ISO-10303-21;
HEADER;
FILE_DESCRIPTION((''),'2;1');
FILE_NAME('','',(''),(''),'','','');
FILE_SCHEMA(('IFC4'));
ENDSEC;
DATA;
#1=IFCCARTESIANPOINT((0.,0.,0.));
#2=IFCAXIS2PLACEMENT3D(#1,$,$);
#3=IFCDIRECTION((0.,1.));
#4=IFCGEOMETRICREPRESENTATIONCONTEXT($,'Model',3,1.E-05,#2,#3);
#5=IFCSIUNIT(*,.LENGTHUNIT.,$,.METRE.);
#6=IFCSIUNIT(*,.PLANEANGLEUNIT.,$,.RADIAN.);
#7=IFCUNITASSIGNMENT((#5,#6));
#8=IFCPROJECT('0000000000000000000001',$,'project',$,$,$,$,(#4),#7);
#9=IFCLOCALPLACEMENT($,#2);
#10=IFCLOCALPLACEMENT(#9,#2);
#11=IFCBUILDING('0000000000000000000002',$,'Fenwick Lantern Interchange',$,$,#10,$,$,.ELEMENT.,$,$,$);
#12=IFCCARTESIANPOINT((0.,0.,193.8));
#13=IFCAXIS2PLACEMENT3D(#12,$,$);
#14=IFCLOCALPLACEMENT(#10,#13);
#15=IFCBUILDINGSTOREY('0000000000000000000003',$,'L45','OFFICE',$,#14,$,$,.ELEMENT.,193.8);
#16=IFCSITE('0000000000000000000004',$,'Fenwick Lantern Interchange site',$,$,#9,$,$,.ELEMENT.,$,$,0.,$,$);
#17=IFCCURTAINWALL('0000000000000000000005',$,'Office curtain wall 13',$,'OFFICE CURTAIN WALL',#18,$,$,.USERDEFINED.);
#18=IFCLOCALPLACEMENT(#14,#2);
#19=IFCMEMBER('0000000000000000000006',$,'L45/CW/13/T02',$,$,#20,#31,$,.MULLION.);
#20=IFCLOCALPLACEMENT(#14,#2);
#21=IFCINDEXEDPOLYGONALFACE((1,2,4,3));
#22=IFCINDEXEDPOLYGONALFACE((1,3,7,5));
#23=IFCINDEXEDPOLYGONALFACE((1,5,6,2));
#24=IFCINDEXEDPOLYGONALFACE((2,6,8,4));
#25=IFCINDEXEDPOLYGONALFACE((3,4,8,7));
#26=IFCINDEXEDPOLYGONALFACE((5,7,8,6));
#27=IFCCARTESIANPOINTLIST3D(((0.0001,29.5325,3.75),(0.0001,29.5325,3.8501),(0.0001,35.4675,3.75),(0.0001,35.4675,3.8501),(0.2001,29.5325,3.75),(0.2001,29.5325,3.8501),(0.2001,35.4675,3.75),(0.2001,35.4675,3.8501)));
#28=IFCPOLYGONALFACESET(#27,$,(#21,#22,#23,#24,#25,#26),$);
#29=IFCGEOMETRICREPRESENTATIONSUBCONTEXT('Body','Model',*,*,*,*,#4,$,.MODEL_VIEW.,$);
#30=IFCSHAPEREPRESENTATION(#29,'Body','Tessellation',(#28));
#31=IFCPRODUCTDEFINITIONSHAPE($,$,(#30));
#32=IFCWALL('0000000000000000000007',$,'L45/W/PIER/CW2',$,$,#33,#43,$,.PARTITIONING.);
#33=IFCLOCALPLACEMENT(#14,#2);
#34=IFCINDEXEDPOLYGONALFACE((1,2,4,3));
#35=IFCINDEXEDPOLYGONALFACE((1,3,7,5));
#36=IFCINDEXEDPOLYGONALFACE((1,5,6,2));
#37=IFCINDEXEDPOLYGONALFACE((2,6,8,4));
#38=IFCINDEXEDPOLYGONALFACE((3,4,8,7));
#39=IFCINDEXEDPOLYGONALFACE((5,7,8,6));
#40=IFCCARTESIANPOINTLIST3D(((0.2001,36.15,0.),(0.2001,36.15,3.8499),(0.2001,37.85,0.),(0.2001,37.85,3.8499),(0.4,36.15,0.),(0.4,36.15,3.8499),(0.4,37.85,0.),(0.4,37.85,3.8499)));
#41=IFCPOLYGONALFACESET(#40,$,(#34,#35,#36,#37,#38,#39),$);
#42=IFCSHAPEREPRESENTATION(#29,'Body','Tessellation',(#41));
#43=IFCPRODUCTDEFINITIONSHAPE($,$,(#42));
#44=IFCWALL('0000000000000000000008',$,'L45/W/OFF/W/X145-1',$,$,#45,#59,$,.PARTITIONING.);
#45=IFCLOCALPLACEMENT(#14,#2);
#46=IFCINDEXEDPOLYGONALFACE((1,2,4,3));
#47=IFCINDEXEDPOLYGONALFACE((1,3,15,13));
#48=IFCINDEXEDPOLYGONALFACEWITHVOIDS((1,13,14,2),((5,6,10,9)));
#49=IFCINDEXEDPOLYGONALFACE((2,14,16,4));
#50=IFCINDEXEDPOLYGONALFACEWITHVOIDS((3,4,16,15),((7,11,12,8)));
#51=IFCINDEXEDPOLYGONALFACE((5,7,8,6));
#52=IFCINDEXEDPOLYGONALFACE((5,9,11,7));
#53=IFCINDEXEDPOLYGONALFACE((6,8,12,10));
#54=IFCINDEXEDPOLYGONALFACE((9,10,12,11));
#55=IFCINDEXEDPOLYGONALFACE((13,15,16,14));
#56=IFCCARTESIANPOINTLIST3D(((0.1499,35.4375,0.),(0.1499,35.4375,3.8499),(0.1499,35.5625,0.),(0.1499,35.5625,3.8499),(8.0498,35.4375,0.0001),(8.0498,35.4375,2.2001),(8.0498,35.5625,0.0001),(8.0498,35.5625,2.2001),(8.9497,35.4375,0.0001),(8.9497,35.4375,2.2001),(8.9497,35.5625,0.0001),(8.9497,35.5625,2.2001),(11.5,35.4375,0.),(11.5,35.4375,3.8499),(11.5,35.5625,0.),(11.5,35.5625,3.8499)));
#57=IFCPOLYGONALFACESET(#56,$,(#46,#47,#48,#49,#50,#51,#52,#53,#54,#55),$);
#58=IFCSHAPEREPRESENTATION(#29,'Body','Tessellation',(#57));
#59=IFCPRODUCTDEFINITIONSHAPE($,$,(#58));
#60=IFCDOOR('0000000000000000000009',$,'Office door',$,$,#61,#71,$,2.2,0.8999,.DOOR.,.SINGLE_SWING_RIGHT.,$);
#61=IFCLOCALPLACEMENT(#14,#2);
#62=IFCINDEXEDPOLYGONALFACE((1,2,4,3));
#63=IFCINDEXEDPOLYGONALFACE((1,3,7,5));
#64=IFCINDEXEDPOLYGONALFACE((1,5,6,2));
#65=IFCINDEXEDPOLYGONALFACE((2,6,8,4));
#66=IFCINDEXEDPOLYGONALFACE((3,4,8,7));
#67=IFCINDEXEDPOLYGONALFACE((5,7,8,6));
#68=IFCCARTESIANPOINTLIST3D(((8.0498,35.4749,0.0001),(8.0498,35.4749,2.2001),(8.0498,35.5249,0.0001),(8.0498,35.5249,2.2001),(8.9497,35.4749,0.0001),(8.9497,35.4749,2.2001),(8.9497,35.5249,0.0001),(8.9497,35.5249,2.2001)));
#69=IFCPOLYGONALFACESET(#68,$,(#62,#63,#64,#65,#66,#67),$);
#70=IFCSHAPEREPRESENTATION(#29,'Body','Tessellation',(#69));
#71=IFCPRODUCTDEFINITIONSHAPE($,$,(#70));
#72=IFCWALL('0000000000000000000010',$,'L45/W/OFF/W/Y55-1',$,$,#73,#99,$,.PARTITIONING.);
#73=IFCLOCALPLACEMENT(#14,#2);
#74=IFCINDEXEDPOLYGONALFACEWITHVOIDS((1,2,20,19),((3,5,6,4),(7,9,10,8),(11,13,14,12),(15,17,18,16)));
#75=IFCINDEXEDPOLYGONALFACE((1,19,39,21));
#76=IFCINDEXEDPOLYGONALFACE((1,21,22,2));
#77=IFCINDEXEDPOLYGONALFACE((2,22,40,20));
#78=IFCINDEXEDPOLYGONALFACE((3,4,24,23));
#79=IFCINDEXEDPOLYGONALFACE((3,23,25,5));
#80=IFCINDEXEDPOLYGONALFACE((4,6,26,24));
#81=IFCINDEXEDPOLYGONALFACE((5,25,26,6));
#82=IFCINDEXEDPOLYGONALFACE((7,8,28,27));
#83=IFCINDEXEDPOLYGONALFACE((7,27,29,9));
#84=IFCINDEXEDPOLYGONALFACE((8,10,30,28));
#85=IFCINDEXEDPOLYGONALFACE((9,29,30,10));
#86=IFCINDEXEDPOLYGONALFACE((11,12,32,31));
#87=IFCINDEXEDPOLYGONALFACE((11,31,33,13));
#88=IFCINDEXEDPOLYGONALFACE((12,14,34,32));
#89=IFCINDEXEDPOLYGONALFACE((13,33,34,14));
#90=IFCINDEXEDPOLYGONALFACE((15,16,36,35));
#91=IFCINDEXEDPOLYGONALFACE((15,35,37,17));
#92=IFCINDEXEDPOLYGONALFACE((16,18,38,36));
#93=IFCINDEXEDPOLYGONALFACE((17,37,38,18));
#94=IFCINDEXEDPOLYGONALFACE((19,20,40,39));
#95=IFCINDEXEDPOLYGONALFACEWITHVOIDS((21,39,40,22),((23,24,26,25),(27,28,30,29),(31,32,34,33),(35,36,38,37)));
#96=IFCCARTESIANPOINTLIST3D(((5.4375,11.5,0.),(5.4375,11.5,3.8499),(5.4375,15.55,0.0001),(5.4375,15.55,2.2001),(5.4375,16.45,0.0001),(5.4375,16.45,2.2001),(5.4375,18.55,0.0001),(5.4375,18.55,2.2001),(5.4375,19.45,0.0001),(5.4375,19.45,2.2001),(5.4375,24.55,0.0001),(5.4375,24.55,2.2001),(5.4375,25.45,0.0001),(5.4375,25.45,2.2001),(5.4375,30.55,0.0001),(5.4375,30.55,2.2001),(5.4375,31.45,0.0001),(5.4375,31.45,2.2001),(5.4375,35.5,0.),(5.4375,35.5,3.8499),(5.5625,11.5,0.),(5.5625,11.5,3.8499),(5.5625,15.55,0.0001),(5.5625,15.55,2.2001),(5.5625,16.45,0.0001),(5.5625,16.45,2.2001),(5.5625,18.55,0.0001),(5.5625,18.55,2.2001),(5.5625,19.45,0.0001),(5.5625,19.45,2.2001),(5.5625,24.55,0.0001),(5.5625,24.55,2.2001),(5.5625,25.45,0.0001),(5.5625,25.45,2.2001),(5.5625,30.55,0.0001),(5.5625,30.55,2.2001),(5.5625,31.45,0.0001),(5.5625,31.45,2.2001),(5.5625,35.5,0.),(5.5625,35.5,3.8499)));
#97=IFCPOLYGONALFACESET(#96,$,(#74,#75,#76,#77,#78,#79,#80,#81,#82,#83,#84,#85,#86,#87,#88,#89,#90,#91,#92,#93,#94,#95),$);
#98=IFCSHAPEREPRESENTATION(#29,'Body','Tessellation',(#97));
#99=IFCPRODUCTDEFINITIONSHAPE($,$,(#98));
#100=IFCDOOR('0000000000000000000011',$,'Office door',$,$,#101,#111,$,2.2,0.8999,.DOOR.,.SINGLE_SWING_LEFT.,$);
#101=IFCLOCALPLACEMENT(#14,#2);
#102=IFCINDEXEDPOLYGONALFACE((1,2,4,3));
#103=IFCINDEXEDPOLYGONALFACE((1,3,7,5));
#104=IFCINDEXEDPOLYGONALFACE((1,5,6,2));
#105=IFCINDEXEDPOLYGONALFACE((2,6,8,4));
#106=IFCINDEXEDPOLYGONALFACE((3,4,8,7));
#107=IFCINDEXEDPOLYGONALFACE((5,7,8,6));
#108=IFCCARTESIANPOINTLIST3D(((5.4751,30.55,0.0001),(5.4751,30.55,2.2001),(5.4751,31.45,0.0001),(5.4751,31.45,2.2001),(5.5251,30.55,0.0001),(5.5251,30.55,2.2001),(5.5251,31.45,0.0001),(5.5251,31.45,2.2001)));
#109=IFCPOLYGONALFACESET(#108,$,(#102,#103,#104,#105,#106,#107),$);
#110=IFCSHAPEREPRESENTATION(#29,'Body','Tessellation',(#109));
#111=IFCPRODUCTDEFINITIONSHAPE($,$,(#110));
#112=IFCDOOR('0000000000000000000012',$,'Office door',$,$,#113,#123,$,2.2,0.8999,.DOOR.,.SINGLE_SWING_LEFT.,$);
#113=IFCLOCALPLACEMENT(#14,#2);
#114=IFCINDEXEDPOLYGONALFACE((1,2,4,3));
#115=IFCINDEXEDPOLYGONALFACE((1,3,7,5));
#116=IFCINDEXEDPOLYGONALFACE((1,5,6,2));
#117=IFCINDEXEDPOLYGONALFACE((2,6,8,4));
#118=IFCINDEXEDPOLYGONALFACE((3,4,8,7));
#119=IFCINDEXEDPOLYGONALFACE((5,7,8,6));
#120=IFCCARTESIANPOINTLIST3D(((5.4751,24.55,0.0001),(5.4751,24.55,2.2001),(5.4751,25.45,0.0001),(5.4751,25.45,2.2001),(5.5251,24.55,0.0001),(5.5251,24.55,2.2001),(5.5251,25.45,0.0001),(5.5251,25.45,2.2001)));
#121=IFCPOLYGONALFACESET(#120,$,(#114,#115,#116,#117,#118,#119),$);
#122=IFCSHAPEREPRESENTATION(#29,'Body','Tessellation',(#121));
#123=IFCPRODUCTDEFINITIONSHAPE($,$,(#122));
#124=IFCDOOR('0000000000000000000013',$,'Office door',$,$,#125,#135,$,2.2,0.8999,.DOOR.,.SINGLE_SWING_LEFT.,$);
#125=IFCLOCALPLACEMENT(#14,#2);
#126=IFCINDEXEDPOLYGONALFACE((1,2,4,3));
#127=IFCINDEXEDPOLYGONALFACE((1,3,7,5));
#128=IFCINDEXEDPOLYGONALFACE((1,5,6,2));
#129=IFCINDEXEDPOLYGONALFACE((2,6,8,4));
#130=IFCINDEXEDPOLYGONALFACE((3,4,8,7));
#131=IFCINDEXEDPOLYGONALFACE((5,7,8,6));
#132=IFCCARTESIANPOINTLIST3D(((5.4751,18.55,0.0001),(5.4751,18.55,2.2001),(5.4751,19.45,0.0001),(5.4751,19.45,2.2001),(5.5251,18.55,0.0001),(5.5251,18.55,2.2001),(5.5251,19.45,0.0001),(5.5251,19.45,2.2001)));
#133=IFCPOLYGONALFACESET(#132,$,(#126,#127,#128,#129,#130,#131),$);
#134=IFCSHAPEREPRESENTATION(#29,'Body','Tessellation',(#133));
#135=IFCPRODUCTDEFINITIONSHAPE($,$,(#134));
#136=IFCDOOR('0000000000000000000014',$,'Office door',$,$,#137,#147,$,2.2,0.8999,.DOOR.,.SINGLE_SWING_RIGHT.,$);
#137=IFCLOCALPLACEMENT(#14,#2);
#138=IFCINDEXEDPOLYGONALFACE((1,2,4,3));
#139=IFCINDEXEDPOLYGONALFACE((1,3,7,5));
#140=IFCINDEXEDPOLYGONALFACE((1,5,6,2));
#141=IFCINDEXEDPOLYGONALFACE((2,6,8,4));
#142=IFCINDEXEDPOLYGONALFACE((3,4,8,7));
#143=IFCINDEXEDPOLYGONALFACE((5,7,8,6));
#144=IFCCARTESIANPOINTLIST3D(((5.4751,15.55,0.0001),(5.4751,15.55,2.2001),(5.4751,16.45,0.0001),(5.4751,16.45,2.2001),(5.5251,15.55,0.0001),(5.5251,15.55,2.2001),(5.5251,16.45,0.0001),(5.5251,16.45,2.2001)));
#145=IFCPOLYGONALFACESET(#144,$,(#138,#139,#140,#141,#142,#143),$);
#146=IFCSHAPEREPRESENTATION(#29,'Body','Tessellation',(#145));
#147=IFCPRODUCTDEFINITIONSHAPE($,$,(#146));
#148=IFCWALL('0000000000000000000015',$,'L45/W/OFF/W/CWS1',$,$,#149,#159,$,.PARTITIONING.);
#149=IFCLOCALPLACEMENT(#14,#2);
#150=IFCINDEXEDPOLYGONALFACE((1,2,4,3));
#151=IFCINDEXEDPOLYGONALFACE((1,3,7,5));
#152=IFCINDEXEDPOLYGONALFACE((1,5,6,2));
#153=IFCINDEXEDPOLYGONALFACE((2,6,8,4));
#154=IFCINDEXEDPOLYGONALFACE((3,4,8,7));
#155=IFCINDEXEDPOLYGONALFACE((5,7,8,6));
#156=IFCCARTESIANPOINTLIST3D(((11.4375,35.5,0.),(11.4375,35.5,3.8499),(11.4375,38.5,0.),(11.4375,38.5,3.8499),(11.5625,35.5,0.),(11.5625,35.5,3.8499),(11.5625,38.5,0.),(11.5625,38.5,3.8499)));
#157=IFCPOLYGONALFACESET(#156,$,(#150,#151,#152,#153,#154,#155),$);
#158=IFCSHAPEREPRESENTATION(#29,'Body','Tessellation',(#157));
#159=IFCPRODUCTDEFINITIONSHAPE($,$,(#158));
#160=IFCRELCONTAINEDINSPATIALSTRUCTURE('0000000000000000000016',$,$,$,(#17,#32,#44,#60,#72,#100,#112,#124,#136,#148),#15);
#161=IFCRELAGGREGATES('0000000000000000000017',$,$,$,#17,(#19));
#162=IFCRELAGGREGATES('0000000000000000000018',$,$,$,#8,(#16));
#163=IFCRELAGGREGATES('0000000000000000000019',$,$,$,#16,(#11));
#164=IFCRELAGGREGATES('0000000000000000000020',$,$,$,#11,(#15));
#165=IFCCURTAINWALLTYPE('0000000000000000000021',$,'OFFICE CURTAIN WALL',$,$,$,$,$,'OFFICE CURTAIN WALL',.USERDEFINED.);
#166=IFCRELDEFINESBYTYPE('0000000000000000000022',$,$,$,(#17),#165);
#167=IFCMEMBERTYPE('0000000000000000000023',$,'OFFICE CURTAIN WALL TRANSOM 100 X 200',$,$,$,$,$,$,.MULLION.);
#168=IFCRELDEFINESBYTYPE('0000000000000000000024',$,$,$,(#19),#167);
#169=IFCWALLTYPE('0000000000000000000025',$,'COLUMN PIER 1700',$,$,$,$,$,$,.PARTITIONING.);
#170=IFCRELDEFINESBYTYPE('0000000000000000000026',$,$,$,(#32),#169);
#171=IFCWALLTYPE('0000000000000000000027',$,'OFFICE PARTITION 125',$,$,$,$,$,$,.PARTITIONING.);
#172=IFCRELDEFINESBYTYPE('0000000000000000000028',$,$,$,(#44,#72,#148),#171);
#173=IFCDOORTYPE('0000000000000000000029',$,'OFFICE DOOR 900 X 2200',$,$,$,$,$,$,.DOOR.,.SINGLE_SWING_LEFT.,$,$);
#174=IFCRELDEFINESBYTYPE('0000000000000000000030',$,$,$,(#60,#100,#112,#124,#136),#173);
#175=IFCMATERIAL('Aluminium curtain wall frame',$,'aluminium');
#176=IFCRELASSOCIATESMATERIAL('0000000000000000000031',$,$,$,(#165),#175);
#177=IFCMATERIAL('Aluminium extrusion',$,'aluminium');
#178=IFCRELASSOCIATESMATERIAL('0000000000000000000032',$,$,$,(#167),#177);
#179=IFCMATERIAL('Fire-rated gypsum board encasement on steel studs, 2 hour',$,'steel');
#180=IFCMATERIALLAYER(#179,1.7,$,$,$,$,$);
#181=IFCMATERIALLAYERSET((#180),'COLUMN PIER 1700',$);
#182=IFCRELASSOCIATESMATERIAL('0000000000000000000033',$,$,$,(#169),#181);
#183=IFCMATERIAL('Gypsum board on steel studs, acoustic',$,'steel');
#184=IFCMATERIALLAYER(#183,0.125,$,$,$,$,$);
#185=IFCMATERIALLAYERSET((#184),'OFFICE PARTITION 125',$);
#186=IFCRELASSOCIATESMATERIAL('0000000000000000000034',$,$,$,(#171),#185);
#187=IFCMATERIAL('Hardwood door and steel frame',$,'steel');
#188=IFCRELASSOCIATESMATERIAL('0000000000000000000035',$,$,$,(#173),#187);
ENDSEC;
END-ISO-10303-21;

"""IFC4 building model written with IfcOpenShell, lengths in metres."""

from ifc_helpers import new_model, si_unit, direction, frame, frame_2d, origin, origin_2d, place, context, subcontext, project, spatial, rectangle, extrude, material, layer, layer_set, material_profile, profile_set, type_object, element, fill, aggregate, save


model = new_model("IFC4")

# Units and contexts
model_context = context("Model", 3, precision=1e-05, world=origin(), true_north=direction((0.0, 1.0)))
body_context = subcontext(model_context, "Body", "Model", "MODEL_VIEW")
ifc_project = project(units=[si_unit("LENGTHUNIT", "METRE"), si_unit("PLANEANGLEUNIT", "RADIAN")], contexts=[model_context])

# Site, building, storey
site_placement = place(None, origin())
site = spatial("IfcSite", under=ifc_project, at=site_placement, Name="Fenwick Lantern Interchange site", CompositionType="ELEMENT", RefElevation=0.0)
building_placement = place(site_placement, origin())
building = spatial("IfcBuilding", under=site, at=building_placement, Name="Fenwick Lantern Interchange", CompositionType="ELEMENT")
storey_placement = place(building_placement, frame((0.0, 0.0, 193.8)))
storey = spatial("IfcBuildingStorey", under=building, at=storey_placement, Name="L45", Description="OFFICE", CompositionType="ELEMENT", Elevation=193.8)

# Curtain wall, member
ifc_material_1 = material(Name="Aluminium curtain wall frame", Category="aluminium")
curtain_wall_type = type_object("IfcCurtainWallType", Name="OFFICE CURTAIN WALL", ElementType="OFFICE CURTAIN WALL", PredefinedType="USERDEFINED", material=ifc_material_1)
curtain_wall_placement = place(storey_placement, origin())
curtain_wall = element("IfcCurtainWall", 1, at=curtain_wall_placement, inside=storey, type_object=curtain_wall_type, Name="Office curtain wall 13", ObjectType="OFFICE CURTAIN WALL", PredefinedType="USERDEFINED")
ifc_material_2 = material(Name="Aluminium extrusion", Category="aluminium")
ifc_material_profile_1 = material_profile(ifc_material_2, rectangle(XDim=0.2, YDim=0.1001, at=origin_2d()), Name="OFFICE CURTAIN WALL TRANSOM 100 X 200")
ifc_profile_set_1 = profile_set([ifc_material_profile_1], Name="Aluminium extrusion")
member_type_1 = type_object("IfcMemberType", Name="OFFICE CURTAIN WALL TRANSOM 100 X 200", PredefinedType="MULLION", material=ifc_profile_set_1)
member_1_placement = place(storey_placement, frame((0.1001, 35.4675, 3.8), z_axis=(0.0, -1.0, 0.0), x_axis=(1.0, 0.0, 0.0)))
member_1 = element("IfcMember", 2, at=member_1_placement, type_object=member_type_1, Name="L45/CW/13/T02", PredefinedType="MULLION", context=body_context, shape_type="SweptSolid", body=[
    extrude(rectangle(XDim=0.2, YDim=0.1001, at=origin_2d()), origin(), (0.0, 0.0, 1.0), 5.9351),
])
aggregate(curtain_wall, [member_1])

# Wall
ifc_material_3 = material(Name="Fire-rated gypsum board encasement on steel studs, 2 hour", Category="steel")
ifc_layer_1 = layer(ifc_material_3, 1.7)
ifc_layer_set_1 = layer_set([ifc_layer_1], Name="COLUMN PIER 1700")
wall_type_1 = type_object("IfcWallType", Name="COLUMN PIER 1700", PredefinedType="PARTITIONING", material=ifc_layer_set_1)
wall_1_placement = place(storey_placement, frame((0.2, 37.0, 0.0), z_axis=(0.0, 0.0, 1.0), x_axis=(1.0, 0.0, 0.0)))
element("IfcWall", 3, at=wall_1_placement, inside=storey, type_object=wall_type_1, Name="L45/W/PIER/CW2", PredefinedType="PARTITIONING", context=body_context, shape_type="SweptSolid", body=[
    extrude(rectangle(XDim=0.2, YDim=1.7, at=frame_2d((0.1001, 0.0))), origin(), (0.0, 0.0, 1.0), 3.8499),
])

# Shared definitions
ifc_material_4 = material(Name="Hardwood door and steel frame", Category="steel")

# Wall, opening, door
ifc_material_5 = material(Name="Gypsum board on steel studs, acoustic", Category="steel")
ifc_layer_2 = layer(ifc_material_5, 0.125)
ifc_layer_set_2 = layer_set([ifc_layer_2], Name="OFFICE PARTITION 125")
wall_type_2 = type_object("IfcWallType", Name="OFFICE PARTITION 125", PredefinedType="PARTITIONING", material=ifc_layer_set_2)
wall_2_placement = place(storey_placement, frame((0.1499, 35.5, 0.0), z_axis=(0.0, 0.0, 1.0), x_axis=(1.0, 0.0, 0.0)))
wall_2 = element("IfcWall", 4, at=wall_2_placement, inside=storey, type_object=wall_type_2, Name="L45/W/OFF/W/X145-1", PredefinedType="PARTITIONING", context=body_context, shape_type="SweptSolid", body=[
    extrude(rectangle(XDim=11.3501, YDim=0.125, at=frame_2d((5.675, 0.0))), origin(), (0.0, 0.0, 1.0), 3.8499),
])
opening_1_placement = place(wall_2_placement, frame((7.8999, 0.0, 0.0)))
opening_1 = element("IfcOpeningElement", 5, at=opening_1_placement, cuts=wall_2, PredefinedType="OPENING", context=body_context, shape_type="SweptSolid", body=[
    extrude(rectangle(XDim=0.8999, YDim=2.2, at=frame_2d((0.45, 1.1001))), frame((0.0, 0.0725, 0.0), z_axis=(0.0, -1.0, 0.0), x_axis=(1.0, 0.0, 0.0)), (0.0, 0.0, 1.0), 0.145),
])
door_type_1 = type_object("IfcDoorType", Name="OFFICE DOOR 900 X 2200", OperationType="SINGLE_SWING_LEFT", PredefinedType="DOOR", material=ifc_material_4)
door_1_placement = place(opening_1_placement, origin())
door_1 = element("IfcDoor", 6, at=door_1_placement, inside=storey, type_object=door_type_1, Name="Office door", OperationType="SINGLE_SWING_RIGHT", OverallHeight=2.2, OverallWidth=0.8999, PredefinedType="DOOR", context=body_context, shape_type="SweptSolid", body=[
    extrude(rectangle(XDim=0.8999, YDim=2.2, at=frame_2d((0.45, 1.1001))), frame((0.0, 0.0249, 0.0), z_axis=(0.0, -1.0, 0.0), x_axis=(1.0, 0.0, 0.0)), (0.0, 0.0, 1.0), 0.05),
])
fill(opening_1, door_1)

# Wall, openings, doors
wall_3_placement = place(storey_placement, frame((5.5, 35.5, 0.0), z_axis=(0.0, 0.0, 1.0), x_axis=(0.0, -1.0, 0.0)))
wall_3 = element("IfcWall", 7, at=wall_3_placement, inside=storey, type_object=wall_type_2, Name="L45/W/OFF/W/Y55-1", PredefinedType="PARTITIONING", context=body_context, shape_type="SweptSolid", body=[
    extrude(rectangle(XDim=24.0, YDim=0.125, at=frame_2d((12.0, 0.0))), origin(), (0.0, 0.0, 1.0), 3.8499),
])
opening_2_placement = place(wall_3_placement, frame((4.05, 0.0, 0.0)))
opening_2 = element("IfcOpeningElement", 8, at=opening_2_placement, cuts=wall_3, PredefinedType="OPENING", context=body_context, shape_type="SweptSolid", body=[
    extrude(rectangle(XDim=0.8999, YDim=2.2, at=frame_2d((0.45, 1.1001))), frame((0.0, 0.0725, 0.0), z_axis=(0.0, -1.0, 0.0), x_axis=(1.0, 0.0, 0.0)), (0.0, 0.0, 1.0), 0.145),
])
opening_3_placement = place(wall_3_placement, frame((10.05, 0.0, 0.0)))
opening_3 = element("IfcOpeningElement", 9, at=opening_3_placement, cuts=wall_3, PredefinedType="OPENING", context=body_context, shape_type="SweptSolid", body=[
    extrude(rectangle(XDim=0.8999, YDim=2.2, at=frame_2d((0.45, 1.1001))), frame((0.0, 0.0725, 0.0), z_axis=(0.0, -1.0, 0.0), x_axis=(1.0, 0.0, 0.0)), (0.0, 0.0, 1.0), 0.145),
])
opening_4_placement = place(wall_3_placement, frame((16.05, 0.0, 0.0)))
opening_4 = element("IfcOpeningElement", 10, at=opening_4_placement, cuts=wall_3, PredefinedType="OPENING", context=body_context, shape_type="SweptSolid", body=[
    extrude(rectangle(XDim=0.8999, YDim=2.2, at=frame_2d((0.45, 1.1001))), frame((0.0, 0.0725, 0.0), z_axis=(0.0, -1.0, 0.0), x_axis=(1.0, 0.0, 0.0)), (0.0, 0.0, 1.0), 0.145),
])
opening_5_placement = place(wall_3_placement, frame((19.05, 0.0, 0.0)))
opening_5 = element("IfcOpeningElement", 11, at=opening_5_placement, cuts=wall_3, PredefinedType="OPENING", context=body_context, shape_type="SweptSolid", body=[
    extrude(rectangle(XDim=0.8999, YDim=2.2, at=frame_2d((0.45, 1.1001))), frame((0.0, 0.0725, 0.0), z_axis=(0.0, -1.0, 0.0), x_axis=(1.0, 0.0, 0.0)), (0.0, 0.0, 1.0), 0.145),
])
door_2_placement = place(opening_2_placement, frame((0.8999, 0.0, 0.0), z_axis=(0.0, 0.0, 1.0), x_axis=(-1.0, 0.0, 0.0)))
door_2 = element("IfcDoor", 12, at=door_2_placement, inside=storey, type_object=door_type_1, Name="Office door", OperationType="SINGLE_SWING_LEFT", OverallHeight=2.2, OverallWidth=0.8999, PredefinedType="DOOR", context=body_context, shape_type="SweptSolid", body=[
    extrude(rectangle(XDim=0.8999, YDim=2.2, at=frame_2d((0.45, 1.1001))), frame((0.0, 0.0249, 0.0), z_axis=(0.0, -1.0, 0.0), x_axis=(1.0, 0.0, 0.0)), (0.0, 0.0, 1.0), 0.05),
])
fill(opening_2, door_2)
door_3_placement = place(opening_3_placement, frame((0.8999, 0.0, 0.0), z_axis=(0.0, 0.0, 1.0), x_axis=(-1.0, 0.0, 0.0)))
door_3 = element("IfcDoor", 13, at=door_3_placement, inside=storey, type_object=door_type_1, Name="Office door", OperationType="SINGLE_SWING_LEFT", OverallHeight=2.2, OverallWidth=0.8999, PredefinedType="DOOR", context=body_context, shape_type="SweptSolid", body=[
    extrude(rectangle(XDim=0.8999, YDim=2.2, at=frame_2d((0.45, 1.1001))), frame((0.0, 0.0249, 0.0), z_axis=(0.0, -1.0, 0.0), x_axis=(1.0, 0.0, 0.0)), (0.0, 0.0, 1.0), 0.05),
])
fill(opening_3, door_3)
door_4_placement = place(opening_4_placement, frame((0.8999, 0.0, 0.0), z_axis=(0.0, 0.0, 1.0), x_axis=(-1.0, 0.0, 0.0)))
door_4 = element("IfcDoor", 14, at=door_4_placement, inside=storey, type_object=door_type_1, Name="Office door", OperationType="SINGLE_SWING_LEFT", OverallHeight=2.2, OverallWidth=0.8999, PredefinedType="DOOR", context=body_context, shape_type="SweptSolid", body=[
    extrude(rectangle(XDim=0.8999, YDim=2.2, at=frame_2d((0.45, 1.1001))), frame((0.0, 0.0249, 0.0), z_axis=(0.0, -1.0, 0.0), x_axis=(1.0, 0.0, 0.0)), (0.0, 0.0, 1.0), 0.05),
])
fill(opening_4, door_4)
door_5_placement = place(opening_5_placement, frame((0.8999, 0.0, 0.0), z_axis=(0.0, 0.0, 1.0), x_axis=(-1.0, 0.0, 0.0)))
door_5 = element("IfcDoor", 15, at=door_5_placement, inside=storey, type_object=door_type_1, Name="Office door", OperationType="SINGLE_SWING_RIGHT", OverallHeight=2.2, OverallWidth=0.8999, PredefinedType="DOOR", context=body_context, shape_type="SweptSolid", body=[
    extrude(rectangle(XDim=0.8999, YDim=2.2, at=frame_2d((0.45, 1.1001))), frame((0.0, 0.0249, 0.0), z_axis=(0.0, -1.0, 0.0), x_axis=(1.0, 0.0, 0.0)), (0.0, 0.0, 1.0), 0.05),
])
fill(opening_5, door_5)

# Wall
wall_4_placement = place(storey_placement, frame((11.5, 38.5, 0.0), z_axis=(0.0, 0.0, 1.0), x_axis=(0.0, -1.0, 0.0)))
element("IfcWall", 16, at=wall_4_placement, inside=storey, type_object=wall_type_2, Name="L45/W/OFF/W/CWS1", PredefinedType="PARTITIONING", context=body_context, shape_type="SweptSolid", body=[
    extrude(rectangle(XDim=3.0, YDim=0.125, at=frame_2d((1.5, 0.0))), origin(), (0.0, 0.0, 1.0), 3.8499),
])

save(model, "model.ifc")
